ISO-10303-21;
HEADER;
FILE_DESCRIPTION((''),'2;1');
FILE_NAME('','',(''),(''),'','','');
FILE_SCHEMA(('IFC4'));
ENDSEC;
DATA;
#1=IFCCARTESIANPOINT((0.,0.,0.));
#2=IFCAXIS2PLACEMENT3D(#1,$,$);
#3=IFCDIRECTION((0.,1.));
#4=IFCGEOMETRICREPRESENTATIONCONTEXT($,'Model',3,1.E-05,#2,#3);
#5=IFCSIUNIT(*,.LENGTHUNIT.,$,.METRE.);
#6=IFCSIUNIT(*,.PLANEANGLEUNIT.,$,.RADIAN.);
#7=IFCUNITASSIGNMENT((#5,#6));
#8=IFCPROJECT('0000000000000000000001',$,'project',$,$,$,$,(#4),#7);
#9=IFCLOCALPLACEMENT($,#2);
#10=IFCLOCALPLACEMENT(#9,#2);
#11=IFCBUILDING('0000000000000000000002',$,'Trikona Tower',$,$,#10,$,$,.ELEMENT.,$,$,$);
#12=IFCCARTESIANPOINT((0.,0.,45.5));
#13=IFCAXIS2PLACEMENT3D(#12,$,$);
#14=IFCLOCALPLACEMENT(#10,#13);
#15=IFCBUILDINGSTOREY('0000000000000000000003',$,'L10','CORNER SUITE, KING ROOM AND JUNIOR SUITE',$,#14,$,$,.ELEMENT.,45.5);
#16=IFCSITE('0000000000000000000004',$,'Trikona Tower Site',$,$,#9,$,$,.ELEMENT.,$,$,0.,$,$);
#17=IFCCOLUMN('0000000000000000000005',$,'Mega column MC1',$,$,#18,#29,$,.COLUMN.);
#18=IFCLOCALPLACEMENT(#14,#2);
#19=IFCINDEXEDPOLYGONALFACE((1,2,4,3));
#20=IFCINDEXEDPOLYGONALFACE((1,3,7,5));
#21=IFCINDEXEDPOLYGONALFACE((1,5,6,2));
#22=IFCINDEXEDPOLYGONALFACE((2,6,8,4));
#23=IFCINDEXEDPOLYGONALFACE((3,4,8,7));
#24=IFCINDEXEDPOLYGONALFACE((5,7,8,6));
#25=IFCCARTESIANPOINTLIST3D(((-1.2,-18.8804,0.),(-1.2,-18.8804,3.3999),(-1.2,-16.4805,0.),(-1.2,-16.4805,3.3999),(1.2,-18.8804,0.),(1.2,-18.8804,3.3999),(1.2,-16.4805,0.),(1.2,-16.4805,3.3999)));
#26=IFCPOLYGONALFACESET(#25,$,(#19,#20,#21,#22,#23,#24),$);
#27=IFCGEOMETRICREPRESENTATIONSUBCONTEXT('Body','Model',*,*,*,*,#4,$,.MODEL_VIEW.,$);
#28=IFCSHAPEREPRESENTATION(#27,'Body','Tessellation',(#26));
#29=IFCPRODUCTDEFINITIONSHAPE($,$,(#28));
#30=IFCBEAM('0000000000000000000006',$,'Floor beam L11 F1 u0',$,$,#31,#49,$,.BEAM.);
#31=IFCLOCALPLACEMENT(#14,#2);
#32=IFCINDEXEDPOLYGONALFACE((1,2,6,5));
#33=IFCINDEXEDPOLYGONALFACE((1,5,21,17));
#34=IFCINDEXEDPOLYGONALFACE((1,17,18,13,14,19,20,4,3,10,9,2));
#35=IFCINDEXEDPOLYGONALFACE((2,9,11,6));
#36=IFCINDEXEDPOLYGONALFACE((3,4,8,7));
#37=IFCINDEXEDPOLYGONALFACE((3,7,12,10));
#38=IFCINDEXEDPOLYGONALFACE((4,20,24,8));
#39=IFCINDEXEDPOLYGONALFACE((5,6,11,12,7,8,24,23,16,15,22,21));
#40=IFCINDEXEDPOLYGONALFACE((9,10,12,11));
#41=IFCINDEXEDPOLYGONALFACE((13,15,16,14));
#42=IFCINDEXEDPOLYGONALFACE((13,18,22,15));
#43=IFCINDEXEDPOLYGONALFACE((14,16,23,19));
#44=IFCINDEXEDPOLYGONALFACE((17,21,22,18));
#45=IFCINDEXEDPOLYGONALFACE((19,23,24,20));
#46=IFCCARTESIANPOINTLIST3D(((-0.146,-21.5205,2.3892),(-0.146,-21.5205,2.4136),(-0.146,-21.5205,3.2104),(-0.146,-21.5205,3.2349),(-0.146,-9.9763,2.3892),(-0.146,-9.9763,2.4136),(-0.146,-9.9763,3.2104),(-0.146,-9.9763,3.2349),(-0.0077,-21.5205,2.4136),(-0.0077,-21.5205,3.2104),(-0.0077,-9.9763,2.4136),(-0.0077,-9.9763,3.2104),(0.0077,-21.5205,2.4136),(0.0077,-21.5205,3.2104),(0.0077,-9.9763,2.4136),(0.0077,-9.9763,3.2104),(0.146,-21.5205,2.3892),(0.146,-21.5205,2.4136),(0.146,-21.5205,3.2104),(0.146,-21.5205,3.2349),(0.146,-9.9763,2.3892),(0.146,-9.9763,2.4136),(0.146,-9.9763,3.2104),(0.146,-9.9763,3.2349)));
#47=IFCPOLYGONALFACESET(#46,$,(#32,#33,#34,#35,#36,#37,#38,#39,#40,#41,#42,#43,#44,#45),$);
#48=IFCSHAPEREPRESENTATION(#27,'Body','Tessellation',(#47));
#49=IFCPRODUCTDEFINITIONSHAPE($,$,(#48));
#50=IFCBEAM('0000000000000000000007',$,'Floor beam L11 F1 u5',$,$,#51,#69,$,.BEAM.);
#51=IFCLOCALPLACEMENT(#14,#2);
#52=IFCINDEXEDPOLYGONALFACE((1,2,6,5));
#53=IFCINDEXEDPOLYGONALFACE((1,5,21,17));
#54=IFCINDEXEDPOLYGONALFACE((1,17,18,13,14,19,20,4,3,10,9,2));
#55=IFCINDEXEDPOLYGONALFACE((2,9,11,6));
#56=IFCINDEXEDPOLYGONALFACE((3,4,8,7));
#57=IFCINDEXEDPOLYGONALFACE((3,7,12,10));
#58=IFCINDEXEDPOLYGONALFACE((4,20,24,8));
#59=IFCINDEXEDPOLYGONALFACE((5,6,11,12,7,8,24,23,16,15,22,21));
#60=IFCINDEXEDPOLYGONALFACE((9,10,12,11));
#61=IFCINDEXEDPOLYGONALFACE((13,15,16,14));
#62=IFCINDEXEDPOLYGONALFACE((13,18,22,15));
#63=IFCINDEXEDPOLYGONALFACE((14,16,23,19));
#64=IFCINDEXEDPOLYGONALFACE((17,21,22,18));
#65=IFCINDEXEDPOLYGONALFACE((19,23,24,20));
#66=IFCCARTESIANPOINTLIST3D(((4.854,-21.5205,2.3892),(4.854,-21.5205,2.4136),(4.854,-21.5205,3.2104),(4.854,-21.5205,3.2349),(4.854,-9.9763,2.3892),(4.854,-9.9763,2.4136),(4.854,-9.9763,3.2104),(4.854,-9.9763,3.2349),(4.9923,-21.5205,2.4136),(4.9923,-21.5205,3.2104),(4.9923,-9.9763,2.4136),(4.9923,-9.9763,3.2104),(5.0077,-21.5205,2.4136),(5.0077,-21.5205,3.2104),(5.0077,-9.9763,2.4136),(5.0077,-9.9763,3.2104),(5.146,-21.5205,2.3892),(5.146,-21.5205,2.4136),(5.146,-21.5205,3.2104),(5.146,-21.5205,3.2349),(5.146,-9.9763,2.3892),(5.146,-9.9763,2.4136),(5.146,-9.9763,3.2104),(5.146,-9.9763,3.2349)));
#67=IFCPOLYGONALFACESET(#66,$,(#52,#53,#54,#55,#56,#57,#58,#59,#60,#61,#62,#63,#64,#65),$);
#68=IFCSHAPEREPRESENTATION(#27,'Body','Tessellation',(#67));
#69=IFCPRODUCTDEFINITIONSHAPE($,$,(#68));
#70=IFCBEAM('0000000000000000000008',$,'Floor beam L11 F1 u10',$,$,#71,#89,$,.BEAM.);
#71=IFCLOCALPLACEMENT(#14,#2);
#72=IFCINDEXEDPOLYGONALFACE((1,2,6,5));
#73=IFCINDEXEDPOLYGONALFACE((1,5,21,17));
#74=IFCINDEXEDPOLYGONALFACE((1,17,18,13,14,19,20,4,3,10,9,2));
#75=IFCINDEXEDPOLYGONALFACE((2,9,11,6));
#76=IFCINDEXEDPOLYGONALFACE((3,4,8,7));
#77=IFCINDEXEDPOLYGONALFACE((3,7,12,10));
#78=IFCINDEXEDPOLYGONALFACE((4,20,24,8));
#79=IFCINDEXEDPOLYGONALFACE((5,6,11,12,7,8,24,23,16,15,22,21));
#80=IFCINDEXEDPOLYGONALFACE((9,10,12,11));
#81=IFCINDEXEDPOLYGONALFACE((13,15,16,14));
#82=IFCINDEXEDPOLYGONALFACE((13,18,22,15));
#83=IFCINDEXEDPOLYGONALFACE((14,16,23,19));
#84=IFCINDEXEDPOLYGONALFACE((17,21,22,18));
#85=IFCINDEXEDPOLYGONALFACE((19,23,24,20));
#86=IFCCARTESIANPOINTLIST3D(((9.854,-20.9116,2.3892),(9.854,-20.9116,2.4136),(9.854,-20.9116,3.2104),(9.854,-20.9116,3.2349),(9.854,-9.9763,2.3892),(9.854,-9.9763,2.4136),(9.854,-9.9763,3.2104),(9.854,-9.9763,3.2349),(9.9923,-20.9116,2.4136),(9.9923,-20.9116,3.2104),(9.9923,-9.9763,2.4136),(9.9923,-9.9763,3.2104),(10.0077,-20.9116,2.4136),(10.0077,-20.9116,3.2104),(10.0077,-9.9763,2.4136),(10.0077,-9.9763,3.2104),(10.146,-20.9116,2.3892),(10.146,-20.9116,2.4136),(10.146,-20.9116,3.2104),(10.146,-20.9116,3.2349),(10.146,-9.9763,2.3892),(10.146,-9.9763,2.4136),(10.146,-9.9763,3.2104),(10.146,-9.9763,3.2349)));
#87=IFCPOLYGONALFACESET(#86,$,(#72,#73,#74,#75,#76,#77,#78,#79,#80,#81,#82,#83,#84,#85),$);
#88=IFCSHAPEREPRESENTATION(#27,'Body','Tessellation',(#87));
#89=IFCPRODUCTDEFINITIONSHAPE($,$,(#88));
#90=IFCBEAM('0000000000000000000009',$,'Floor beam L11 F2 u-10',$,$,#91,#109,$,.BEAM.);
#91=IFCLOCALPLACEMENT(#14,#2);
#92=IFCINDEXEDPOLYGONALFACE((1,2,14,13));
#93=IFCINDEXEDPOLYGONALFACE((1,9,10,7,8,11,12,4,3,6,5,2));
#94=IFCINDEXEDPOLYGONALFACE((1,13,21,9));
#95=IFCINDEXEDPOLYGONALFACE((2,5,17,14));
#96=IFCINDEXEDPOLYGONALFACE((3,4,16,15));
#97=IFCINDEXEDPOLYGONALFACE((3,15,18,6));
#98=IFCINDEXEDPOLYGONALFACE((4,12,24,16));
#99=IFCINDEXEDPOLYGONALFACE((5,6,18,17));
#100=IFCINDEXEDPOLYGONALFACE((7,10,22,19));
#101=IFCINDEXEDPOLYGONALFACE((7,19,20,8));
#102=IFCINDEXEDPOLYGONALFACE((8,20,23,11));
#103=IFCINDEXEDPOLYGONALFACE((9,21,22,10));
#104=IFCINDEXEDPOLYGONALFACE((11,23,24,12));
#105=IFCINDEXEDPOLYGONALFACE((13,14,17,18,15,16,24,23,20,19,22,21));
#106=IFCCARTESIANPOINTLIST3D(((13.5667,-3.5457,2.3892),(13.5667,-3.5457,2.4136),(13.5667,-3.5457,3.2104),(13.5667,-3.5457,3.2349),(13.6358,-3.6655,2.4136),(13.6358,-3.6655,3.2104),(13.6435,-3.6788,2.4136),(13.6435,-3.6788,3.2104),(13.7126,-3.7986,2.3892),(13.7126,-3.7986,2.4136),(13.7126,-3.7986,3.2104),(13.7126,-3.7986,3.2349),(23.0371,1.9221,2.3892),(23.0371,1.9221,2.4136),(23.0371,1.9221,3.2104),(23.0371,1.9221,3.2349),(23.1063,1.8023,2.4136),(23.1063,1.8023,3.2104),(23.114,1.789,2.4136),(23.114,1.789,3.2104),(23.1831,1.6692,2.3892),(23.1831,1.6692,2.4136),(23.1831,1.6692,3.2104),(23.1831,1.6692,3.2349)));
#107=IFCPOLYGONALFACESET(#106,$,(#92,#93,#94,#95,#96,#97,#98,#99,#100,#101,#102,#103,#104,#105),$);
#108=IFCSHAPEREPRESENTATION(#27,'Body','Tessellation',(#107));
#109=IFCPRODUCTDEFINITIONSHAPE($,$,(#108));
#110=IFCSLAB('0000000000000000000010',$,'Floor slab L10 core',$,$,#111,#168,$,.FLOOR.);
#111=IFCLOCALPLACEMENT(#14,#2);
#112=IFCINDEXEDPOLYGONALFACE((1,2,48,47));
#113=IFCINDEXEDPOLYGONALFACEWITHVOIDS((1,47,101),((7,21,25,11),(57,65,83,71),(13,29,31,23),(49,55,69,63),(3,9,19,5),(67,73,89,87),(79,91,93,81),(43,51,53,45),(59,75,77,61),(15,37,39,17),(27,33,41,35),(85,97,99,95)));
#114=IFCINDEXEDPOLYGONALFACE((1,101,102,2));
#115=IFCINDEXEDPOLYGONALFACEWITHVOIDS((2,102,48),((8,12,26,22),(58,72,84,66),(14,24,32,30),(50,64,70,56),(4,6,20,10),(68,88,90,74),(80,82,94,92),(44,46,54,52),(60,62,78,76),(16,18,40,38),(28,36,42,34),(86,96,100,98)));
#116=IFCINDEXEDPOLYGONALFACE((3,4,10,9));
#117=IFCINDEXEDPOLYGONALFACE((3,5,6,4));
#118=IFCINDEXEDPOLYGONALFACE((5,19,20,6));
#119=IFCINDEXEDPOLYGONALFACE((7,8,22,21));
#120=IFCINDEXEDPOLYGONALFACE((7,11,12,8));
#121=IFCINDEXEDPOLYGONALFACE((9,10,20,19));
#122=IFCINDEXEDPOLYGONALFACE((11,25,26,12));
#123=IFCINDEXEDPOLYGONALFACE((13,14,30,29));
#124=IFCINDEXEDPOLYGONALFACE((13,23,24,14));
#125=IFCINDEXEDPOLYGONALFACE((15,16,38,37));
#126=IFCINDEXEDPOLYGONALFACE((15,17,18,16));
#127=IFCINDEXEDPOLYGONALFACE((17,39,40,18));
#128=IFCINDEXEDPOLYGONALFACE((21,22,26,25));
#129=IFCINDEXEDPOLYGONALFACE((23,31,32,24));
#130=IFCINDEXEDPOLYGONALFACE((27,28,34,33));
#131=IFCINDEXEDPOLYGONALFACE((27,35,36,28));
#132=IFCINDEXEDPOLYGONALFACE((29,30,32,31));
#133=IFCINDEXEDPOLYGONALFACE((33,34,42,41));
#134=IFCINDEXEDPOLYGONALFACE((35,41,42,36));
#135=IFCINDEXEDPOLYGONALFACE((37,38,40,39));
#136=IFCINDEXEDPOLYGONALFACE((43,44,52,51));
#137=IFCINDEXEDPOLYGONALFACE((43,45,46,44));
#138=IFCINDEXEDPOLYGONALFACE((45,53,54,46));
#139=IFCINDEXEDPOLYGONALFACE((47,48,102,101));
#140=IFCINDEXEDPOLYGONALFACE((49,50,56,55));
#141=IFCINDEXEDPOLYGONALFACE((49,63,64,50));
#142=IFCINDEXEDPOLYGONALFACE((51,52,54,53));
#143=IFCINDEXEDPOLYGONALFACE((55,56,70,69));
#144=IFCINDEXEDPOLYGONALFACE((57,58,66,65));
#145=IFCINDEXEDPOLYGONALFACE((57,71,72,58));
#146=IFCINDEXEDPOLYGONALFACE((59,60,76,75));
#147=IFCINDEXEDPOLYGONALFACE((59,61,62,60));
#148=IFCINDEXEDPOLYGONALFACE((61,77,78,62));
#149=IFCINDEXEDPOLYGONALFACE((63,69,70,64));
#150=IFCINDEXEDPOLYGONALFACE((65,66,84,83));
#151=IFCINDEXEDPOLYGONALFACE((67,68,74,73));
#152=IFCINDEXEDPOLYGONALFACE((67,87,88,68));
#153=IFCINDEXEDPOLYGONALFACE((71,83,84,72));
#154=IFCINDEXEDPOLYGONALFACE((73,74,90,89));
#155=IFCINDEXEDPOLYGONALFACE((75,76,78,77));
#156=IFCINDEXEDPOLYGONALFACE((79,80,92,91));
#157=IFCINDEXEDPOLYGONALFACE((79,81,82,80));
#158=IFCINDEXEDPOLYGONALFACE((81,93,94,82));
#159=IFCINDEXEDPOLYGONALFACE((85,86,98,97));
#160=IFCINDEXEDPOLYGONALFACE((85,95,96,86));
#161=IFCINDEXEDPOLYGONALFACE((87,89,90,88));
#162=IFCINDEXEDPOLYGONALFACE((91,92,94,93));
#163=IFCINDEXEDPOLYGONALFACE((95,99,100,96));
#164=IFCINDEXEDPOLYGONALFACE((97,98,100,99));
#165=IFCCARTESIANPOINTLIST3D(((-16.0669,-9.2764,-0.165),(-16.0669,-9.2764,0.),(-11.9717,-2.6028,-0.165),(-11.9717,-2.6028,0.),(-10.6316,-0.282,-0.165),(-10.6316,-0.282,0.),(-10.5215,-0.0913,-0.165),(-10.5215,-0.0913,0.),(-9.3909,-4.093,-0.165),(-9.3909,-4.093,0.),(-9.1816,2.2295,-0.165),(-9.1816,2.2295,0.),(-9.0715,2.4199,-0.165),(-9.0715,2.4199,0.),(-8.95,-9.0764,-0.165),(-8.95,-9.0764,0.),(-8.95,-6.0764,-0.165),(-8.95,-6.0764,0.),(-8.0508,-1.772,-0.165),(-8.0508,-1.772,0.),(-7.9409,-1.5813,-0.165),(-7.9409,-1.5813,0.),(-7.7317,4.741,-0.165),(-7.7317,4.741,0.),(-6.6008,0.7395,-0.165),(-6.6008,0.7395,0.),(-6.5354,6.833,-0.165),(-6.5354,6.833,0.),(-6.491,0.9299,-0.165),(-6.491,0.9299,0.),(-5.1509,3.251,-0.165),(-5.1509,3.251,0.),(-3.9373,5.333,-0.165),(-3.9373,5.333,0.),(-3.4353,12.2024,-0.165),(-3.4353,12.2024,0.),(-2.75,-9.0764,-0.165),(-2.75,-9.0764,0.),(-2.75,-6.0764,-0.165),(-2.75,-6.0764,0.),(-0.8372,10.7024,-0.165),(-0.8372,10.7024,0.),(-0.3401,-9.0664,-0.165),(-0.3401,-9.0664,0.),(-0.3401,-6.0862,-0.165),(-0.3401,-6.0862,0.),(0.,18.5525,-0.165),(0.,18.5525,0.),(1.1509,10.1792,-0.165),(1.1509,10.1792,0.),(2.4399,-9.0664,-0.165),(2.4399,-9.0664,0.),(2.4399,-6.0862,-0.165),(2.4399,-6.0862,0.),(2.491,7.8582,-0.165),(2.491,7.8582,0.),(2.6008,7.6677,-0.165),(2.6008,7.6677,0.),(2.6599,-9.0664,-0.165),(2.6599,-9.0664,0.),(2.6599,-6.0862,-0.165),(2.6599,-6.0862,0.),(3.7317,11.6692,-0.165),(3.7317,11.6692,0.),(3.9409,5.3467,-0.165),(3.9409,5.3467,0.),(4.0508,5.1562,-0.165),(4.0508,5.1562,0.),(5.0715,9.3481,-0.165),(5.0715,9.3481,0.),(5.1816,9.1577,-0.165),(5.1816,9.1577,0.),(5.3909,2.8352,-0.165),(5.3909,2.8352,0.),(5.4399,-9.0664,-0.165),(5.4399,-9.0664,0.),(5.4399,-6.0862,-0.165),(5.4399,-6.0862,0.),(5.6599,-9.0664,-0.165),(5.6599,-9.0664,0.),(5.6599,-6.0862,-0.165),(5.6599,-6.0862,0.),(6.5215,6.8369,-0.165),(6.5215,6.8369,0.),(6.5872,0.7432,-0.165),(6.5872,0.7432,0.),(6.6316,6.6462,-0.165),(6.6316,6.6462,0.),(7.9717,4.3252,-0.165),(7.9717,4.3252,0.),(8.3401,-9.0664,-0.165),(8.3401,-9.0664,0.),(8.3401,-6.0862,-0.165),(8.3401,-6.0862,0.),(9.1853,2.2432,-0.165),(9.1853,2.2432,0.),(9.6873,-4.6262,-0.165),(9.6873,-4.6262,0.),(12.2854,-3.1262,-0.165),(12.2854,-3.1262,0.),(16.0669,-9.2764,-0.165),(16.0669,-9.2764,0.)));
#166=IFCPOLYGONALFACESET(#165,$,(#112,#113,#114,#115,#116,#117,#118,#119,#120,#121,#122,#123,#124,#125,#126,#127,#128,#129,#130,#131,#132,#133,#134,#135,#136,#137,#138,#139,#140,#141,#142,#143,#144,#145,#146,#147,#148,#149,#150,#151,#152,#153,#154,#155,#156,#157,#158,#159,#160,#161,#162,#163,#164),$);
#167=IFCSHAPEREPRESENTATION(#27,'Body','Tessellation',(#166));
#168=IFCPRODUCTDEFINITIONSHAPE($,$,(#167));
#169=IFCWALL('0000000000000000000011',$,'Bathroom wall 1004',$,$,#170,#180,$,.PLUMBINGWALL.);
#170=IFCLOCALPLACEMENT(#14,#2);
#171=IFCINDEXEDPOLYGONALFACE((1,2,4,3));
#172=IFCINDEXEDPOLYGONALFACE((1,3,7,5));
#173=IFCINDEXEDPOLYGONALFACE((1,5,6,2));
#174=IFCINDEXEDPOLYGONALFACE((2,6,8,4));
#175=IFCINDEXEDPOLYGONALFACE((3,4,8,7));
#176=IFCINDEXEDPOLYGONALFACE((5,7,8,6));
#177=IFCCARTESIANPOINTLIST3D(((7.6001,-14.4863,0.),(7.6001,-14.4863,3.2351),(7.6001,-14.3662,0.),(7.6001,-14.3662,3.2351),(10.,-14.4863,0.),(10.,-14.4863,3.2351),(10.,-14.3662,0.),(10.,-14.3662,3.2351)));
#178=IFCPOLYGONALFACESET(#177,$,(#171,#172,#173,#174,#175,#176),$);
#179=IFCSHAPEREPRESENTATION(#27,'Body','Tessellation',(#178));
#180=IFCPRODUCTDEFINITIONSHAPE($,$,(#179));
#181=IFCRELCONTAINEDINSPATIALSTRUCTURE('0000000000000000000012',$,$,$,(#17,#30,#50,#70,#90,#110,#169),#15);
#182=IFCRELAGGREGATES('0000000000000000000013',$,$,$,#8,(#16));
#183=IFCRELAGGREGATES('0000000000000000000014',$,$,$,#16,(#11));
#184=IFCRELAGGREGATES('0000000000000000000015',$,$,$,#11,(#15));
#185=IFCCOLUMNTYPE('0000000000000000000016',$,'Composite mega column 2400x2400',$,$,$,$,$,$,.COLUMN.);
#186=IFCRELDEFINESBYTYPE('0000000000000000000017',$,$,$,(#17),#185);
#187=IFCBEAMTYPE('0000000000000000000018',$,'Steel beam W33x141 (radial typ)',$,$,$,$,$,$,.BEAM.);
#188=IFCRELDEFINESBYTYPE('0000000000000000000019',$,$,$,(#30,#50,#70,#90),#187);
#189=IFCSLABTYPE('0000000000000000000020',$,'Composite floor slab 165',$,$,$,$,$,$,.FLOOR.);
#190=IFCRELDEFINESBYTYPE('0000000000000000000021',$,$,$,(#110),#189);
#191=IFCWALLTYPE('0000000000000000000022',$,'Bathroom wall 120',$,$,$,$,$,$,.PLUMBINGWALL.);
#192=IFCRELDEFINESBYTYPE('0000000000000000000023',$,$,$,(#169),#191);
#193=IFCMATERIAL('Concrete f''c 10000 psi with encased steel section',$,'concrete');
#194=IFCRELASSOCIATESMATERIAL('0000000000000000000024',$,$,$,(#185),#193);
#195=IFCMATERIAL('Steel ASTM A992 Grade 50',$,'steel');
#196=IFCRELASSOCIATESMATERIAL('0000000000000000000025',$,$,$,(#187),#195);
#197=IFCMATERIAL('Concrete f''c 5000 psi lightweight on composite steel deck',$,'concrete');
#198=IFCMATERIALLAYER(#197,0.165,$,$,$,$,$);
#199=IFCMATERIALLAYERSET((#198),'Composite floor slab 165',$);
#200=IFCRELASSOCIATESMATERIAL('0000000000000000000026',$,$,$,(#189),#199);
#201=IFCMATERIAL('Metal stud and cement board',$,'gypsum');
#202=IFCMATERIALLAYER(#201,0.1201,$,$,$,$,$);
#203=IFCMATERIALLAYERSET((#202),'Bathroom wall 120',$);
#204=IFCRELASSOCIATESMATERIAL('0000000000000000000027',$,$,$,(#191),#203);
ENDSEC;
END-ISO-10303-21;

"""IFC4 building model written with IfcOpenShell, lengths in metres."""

from ifc_helpers import new_model, si_unit, direction, frame, frame_2d, origin, origin_2d, place, context, subcontext, project, spatial, polyline, rectangle, i_section, outline, extrude, material, layer, layer_set, material_profile, profile_set, type_object, element, save


model = new_model("IFC4")

# Units and contexts
model_context = context("Model", 3, precision=1e-05, world=origin(), true_north=direction((0.0, 1.0)))
body_context = subcontext(model_context, "Body", "Model", "MODEL_VIEW")
ifc_project = project(units=[si_unit("LENGTHUNIT", "METRE"), si_unit("PLANEANGLEUNIT", "RADIAN")], contexts=[model_context])

# Site, building, storey
site_placement = place(None, origin())
site = spatial("IfcSite", under=ifc_project, at=site_placement, Name="Trikona Tower Site", CompositionType="ELEMENT", RefElevation=0.0)
building_placement = place(site_placement, origin())
building = spatial("IfcBuilding", under=site, at=building_placement, Name="Trikona Tower", CompositionType="ELEMENT")
storey_placement = place(building_placement, frame((0.0, 0.0, 45.5)))
storey = spatial("IfcBuildingStorey", under=building, at=storey_placement, Name="L10", Description="CORNER SUITE, KING ROOM AND JUNIOR SUITE", CompositionType="ELEMENT", Elevation=45.5)

# Column
ifc_material_1 = material(Name="Concrete f'c 10000 psi with encased steel section", Category="concrete")
ifc_material_profile_1 = material_profile(ifc_material_1, rectangle(XDim=2.3999, YDim=2.3999, at=origin_2d()), Name="MC2400")
ifc_profile_set_1 = profile_set([ifc_material_profile_1], Name="Concrete f'c 10000 psi with encased steel section")
column_type = type_object("IfcColumnType", Name="Composite mega column 2400x2400", PredefinedType="COLUMN", material=ifc_profile_set_1)
column_placement = place(storey_placement, frame((0.0, -17.6804, 0.0), z_axis=(0.0, 0.0, 1.0), x_axis=(0.0, -1.0, 0.0)))
element("IfcColumn", 1, at=column_placement, inside=storey, type_object=column_type, Name="Mega column MC1", PredefinedType="COLUMN", context=body_context, shape_type="SweptSolid", body=[
    extrude(rectangle(XDim=2.3999, YDim=2.3999, at=origin_2d()), origin(), (0.0, 0.0, 1.0), 3.3999),
])

# Beams
ifc_material_2 = material(Name="Steel ASTM A992 Grade 50", Category="steel")
ifc_material_profile_2 = material_profile(ifc_material_2, i_section(OverallWidth=0.292, OverallDepth=0.8457, WebThickness=0.0154, FlangeThickness=0.0244, at=origin_2d()), Name="W33X141")
ifc_profile_set_2 = profile_set([ifc_material_profile_2], Name="Steel ASTM A992 Grade 50")
beam_type = type_object("IfcBeamType", Name="Steel beam W33x141 (radial typ)", PredefinedType="BEAM", material=ifc_profile_set_2)
for number, where, z_axis, x_axis, name in (
    (2, (0.0, -9.9763, 2.812), (0.0, -1.0, 0.0), (1.0, 0.0, 0.0), "Floor beam L11 F1 u0"),
    (3, (5.0, -9.9763, 2.812), (0.0, -1.0, 0.0), (1.0, 0.0, 0.0), "Floor beam L11 F1 u5"),
):
    element("IfcBeam", number, at=place(storey_placement, frame(where, z_axis=z_axis, x_axis=x_axis)), inside=storey, type_object=beam_type, Name=name, PredefinedType="BEAM", context=body_context, shape_type="SweptSolid", body=[
        extrude(i_section(OverallWidth=0.292, OverallDepth=0.8457, WebThickness=0.0154, FlangeThickness=0.0244, at=origin_2d()), origin(), (0.0, 0.0, 1.0), 11.5442),
    ])
beam_1_placement = place(storey_placement, frame((10.0, -9.9763, 2.812), z_axis=(0.0, -1.0, 0.0), x_axis=(1.0, 0.0, 0.0)))
element("IfcBeam", 4, at=beam_1_placement, inside=storey, type_object=beam_type, Name="Floor beam L11 F1 u10", PredefinedType="BEAM", context=body_context, shape_type="SweptSolid", body=[
    extrude(i_section(OverallWidth=0.292, OverallDepth=0.8457, WebThickness=0.0154, FlangeThickness=0.0244, at=origin_2d()), origin(), (0.0, 0.0, 1.0), 10.9353),
])
beam_2_placement = place(storey_placement, frame((13.6396, -3.6721, 2.812), z_axis=(0.866025, 0.5, 0.0), x_axis=(-0.5, 0.866025, 0.0)))
element("IfcBeam", 5, at=beam_2_placement, inside=storey, type_object=beam_type, Name="Floor beam L11 F2 u-10", PredefinedType="BEAM", context=body_context, shape_type="SweptSolid", body=[
    extrude(i_section(OverallWidth=0.292, OverallDepth=0.8457, WebThickness=0.0154, FlangeThickness=0.0244, at=origin_2d()), origin(), (0.0, 0.0, 1.0), 10.9355),
])

# Slab
ifc_material_3 = material(Name="Concrete f'c 5000 psi lightweight on composite steel deck", Category="concrete")
ifc_layer_1 = layer(ifc_material_3, 0.165)
ifc_layer_set_1 = layer_set([ifc_layer_1], Name="Composite floor slab 165")
slab_type = type_object("IfcSlabType", Name="Composite floor slab 165", PredefinedType="FLOOR", material=ifc_layer_set_1)
slab_placement = place(storey_placement, frame((0.0, 0.0, -0.165)))
element("IfcSlab", 6, at=slab_placement, inside=storey, type_object=slab_type, Name="Floor slab L10 core", PredefinedType="FLOOR", context=body_context, shape_type="SweptSolid", body=[
    extrude(outline(polyline([(-16.0669, -9.2764), (16.0669, -9.2764), (0.0, 18.5525), (-16.0669, -9.2764)]), holes=[polyline([(12.2854, -3.1262), (9.1853, 2.2432), (6.5872, 0.7432), (9.6873, -4.6262), (12.2854, -3.1262)]), polyline([(8.3401, -9.0664), (8.3401, -6.0862), (5.6599, -6.0862), (5.6599, -9.0664), (8.3401, -9.0664)]), polyline([(5.3909, 2.8352), (7.9717, 4.3252), (6.6316, 6.6462), (4.0508, 5.1562), (5.3909, 2.8352)]), polyline([(2.6008, 7.6677), (3.9409, 5.3467), (6.5215, 6.8369), (5.1816, 9.1577), (2.6008, 7.6677)]), polyline([(5.4399, -6.0862), (2.6599, -6.0862), (2.6599, -9.0664), (5.4399, -9.0664), (5.4399, -6.0862)]), polyline([(3.7317, 11.6692), (1.1509, 10.1792), (2.491, 7.8582), (5.0715, 9.3481), (3.7317, 11.6692)]), polyline([(-0.3401, -6.0862), (-0.3401, -9.0664), (2.4399, -9.0664), (2.4399, -6.0862), (-0.3401, -6.0862)]), polyline([(-3.4353, 12.2024), (-6.5354, 6.833), (-3.9373, 5.333), (-0.8372, 10.7024), (-3.4353, 12.2024)]), polyline([(-8.95, -9.0764), (-2.75, -9.0764), (-2.75, -6.0764), (-8.95, -6.0764), (-8.95, -9.0764)]), polyline([(-5.1509, 3.251), (-7.7317, 4.741), (-9.0715, 2.4199), (-6.491, 0.9299), (-5.1509, 3.251)]), polyline([(-7.9409, -1.5813), (-6.6008, 0.7395), (-9.1816, 2.2295), (-10.5215, -0.0913), (-7.9409, -1.5813)]), polyline([(-11.9717, -2.6028), (-9.3909, -4.093), (-8.0508, -1.772), (-10.6316, -0.282), (-11.9717, -2.6028)])]), origin(), (0.0, 0.0, 1.0), 0.165),
])

# Wall
ifc_material_4 = material(Name="Metal stud and cement board", Category="gypsum")
ifc_layer_2 = layer(ifc_material_4, 0.1201)
ifc_layer_set_2 = layer_set([ifc_layer_2], Name="Bathroom wall 120")
wall_type_1 = type_object("IfcWallType", Name="Bathroom wall 120", PredefinedType="PLUMBINGWALL", material=ifc_layer_set_2)
wall_1_placement = place(storey_placement, frame((7.6001, -14.4263, 0.0), z_axis=(0.0, 0.0, 1.0), x_axis=(1.0, 0.0, 0.0)))
element("IfcWall", 7, at=wall_1_placement, inside=storey, type_object=wall_type_1, Name="Bathroom wall 1004", PredefinedType="PLUMBINGWALL", context=body_context, shape_type="SweptSolid", body=[
    extrude(rectangle(XDim=2.3999, YDim=0.1201, at=frame_2d((1.2, 0.0))), origin(), (0.0, 0.0, 1.0), 3.2351),
])

save(model, "model.ifc")
